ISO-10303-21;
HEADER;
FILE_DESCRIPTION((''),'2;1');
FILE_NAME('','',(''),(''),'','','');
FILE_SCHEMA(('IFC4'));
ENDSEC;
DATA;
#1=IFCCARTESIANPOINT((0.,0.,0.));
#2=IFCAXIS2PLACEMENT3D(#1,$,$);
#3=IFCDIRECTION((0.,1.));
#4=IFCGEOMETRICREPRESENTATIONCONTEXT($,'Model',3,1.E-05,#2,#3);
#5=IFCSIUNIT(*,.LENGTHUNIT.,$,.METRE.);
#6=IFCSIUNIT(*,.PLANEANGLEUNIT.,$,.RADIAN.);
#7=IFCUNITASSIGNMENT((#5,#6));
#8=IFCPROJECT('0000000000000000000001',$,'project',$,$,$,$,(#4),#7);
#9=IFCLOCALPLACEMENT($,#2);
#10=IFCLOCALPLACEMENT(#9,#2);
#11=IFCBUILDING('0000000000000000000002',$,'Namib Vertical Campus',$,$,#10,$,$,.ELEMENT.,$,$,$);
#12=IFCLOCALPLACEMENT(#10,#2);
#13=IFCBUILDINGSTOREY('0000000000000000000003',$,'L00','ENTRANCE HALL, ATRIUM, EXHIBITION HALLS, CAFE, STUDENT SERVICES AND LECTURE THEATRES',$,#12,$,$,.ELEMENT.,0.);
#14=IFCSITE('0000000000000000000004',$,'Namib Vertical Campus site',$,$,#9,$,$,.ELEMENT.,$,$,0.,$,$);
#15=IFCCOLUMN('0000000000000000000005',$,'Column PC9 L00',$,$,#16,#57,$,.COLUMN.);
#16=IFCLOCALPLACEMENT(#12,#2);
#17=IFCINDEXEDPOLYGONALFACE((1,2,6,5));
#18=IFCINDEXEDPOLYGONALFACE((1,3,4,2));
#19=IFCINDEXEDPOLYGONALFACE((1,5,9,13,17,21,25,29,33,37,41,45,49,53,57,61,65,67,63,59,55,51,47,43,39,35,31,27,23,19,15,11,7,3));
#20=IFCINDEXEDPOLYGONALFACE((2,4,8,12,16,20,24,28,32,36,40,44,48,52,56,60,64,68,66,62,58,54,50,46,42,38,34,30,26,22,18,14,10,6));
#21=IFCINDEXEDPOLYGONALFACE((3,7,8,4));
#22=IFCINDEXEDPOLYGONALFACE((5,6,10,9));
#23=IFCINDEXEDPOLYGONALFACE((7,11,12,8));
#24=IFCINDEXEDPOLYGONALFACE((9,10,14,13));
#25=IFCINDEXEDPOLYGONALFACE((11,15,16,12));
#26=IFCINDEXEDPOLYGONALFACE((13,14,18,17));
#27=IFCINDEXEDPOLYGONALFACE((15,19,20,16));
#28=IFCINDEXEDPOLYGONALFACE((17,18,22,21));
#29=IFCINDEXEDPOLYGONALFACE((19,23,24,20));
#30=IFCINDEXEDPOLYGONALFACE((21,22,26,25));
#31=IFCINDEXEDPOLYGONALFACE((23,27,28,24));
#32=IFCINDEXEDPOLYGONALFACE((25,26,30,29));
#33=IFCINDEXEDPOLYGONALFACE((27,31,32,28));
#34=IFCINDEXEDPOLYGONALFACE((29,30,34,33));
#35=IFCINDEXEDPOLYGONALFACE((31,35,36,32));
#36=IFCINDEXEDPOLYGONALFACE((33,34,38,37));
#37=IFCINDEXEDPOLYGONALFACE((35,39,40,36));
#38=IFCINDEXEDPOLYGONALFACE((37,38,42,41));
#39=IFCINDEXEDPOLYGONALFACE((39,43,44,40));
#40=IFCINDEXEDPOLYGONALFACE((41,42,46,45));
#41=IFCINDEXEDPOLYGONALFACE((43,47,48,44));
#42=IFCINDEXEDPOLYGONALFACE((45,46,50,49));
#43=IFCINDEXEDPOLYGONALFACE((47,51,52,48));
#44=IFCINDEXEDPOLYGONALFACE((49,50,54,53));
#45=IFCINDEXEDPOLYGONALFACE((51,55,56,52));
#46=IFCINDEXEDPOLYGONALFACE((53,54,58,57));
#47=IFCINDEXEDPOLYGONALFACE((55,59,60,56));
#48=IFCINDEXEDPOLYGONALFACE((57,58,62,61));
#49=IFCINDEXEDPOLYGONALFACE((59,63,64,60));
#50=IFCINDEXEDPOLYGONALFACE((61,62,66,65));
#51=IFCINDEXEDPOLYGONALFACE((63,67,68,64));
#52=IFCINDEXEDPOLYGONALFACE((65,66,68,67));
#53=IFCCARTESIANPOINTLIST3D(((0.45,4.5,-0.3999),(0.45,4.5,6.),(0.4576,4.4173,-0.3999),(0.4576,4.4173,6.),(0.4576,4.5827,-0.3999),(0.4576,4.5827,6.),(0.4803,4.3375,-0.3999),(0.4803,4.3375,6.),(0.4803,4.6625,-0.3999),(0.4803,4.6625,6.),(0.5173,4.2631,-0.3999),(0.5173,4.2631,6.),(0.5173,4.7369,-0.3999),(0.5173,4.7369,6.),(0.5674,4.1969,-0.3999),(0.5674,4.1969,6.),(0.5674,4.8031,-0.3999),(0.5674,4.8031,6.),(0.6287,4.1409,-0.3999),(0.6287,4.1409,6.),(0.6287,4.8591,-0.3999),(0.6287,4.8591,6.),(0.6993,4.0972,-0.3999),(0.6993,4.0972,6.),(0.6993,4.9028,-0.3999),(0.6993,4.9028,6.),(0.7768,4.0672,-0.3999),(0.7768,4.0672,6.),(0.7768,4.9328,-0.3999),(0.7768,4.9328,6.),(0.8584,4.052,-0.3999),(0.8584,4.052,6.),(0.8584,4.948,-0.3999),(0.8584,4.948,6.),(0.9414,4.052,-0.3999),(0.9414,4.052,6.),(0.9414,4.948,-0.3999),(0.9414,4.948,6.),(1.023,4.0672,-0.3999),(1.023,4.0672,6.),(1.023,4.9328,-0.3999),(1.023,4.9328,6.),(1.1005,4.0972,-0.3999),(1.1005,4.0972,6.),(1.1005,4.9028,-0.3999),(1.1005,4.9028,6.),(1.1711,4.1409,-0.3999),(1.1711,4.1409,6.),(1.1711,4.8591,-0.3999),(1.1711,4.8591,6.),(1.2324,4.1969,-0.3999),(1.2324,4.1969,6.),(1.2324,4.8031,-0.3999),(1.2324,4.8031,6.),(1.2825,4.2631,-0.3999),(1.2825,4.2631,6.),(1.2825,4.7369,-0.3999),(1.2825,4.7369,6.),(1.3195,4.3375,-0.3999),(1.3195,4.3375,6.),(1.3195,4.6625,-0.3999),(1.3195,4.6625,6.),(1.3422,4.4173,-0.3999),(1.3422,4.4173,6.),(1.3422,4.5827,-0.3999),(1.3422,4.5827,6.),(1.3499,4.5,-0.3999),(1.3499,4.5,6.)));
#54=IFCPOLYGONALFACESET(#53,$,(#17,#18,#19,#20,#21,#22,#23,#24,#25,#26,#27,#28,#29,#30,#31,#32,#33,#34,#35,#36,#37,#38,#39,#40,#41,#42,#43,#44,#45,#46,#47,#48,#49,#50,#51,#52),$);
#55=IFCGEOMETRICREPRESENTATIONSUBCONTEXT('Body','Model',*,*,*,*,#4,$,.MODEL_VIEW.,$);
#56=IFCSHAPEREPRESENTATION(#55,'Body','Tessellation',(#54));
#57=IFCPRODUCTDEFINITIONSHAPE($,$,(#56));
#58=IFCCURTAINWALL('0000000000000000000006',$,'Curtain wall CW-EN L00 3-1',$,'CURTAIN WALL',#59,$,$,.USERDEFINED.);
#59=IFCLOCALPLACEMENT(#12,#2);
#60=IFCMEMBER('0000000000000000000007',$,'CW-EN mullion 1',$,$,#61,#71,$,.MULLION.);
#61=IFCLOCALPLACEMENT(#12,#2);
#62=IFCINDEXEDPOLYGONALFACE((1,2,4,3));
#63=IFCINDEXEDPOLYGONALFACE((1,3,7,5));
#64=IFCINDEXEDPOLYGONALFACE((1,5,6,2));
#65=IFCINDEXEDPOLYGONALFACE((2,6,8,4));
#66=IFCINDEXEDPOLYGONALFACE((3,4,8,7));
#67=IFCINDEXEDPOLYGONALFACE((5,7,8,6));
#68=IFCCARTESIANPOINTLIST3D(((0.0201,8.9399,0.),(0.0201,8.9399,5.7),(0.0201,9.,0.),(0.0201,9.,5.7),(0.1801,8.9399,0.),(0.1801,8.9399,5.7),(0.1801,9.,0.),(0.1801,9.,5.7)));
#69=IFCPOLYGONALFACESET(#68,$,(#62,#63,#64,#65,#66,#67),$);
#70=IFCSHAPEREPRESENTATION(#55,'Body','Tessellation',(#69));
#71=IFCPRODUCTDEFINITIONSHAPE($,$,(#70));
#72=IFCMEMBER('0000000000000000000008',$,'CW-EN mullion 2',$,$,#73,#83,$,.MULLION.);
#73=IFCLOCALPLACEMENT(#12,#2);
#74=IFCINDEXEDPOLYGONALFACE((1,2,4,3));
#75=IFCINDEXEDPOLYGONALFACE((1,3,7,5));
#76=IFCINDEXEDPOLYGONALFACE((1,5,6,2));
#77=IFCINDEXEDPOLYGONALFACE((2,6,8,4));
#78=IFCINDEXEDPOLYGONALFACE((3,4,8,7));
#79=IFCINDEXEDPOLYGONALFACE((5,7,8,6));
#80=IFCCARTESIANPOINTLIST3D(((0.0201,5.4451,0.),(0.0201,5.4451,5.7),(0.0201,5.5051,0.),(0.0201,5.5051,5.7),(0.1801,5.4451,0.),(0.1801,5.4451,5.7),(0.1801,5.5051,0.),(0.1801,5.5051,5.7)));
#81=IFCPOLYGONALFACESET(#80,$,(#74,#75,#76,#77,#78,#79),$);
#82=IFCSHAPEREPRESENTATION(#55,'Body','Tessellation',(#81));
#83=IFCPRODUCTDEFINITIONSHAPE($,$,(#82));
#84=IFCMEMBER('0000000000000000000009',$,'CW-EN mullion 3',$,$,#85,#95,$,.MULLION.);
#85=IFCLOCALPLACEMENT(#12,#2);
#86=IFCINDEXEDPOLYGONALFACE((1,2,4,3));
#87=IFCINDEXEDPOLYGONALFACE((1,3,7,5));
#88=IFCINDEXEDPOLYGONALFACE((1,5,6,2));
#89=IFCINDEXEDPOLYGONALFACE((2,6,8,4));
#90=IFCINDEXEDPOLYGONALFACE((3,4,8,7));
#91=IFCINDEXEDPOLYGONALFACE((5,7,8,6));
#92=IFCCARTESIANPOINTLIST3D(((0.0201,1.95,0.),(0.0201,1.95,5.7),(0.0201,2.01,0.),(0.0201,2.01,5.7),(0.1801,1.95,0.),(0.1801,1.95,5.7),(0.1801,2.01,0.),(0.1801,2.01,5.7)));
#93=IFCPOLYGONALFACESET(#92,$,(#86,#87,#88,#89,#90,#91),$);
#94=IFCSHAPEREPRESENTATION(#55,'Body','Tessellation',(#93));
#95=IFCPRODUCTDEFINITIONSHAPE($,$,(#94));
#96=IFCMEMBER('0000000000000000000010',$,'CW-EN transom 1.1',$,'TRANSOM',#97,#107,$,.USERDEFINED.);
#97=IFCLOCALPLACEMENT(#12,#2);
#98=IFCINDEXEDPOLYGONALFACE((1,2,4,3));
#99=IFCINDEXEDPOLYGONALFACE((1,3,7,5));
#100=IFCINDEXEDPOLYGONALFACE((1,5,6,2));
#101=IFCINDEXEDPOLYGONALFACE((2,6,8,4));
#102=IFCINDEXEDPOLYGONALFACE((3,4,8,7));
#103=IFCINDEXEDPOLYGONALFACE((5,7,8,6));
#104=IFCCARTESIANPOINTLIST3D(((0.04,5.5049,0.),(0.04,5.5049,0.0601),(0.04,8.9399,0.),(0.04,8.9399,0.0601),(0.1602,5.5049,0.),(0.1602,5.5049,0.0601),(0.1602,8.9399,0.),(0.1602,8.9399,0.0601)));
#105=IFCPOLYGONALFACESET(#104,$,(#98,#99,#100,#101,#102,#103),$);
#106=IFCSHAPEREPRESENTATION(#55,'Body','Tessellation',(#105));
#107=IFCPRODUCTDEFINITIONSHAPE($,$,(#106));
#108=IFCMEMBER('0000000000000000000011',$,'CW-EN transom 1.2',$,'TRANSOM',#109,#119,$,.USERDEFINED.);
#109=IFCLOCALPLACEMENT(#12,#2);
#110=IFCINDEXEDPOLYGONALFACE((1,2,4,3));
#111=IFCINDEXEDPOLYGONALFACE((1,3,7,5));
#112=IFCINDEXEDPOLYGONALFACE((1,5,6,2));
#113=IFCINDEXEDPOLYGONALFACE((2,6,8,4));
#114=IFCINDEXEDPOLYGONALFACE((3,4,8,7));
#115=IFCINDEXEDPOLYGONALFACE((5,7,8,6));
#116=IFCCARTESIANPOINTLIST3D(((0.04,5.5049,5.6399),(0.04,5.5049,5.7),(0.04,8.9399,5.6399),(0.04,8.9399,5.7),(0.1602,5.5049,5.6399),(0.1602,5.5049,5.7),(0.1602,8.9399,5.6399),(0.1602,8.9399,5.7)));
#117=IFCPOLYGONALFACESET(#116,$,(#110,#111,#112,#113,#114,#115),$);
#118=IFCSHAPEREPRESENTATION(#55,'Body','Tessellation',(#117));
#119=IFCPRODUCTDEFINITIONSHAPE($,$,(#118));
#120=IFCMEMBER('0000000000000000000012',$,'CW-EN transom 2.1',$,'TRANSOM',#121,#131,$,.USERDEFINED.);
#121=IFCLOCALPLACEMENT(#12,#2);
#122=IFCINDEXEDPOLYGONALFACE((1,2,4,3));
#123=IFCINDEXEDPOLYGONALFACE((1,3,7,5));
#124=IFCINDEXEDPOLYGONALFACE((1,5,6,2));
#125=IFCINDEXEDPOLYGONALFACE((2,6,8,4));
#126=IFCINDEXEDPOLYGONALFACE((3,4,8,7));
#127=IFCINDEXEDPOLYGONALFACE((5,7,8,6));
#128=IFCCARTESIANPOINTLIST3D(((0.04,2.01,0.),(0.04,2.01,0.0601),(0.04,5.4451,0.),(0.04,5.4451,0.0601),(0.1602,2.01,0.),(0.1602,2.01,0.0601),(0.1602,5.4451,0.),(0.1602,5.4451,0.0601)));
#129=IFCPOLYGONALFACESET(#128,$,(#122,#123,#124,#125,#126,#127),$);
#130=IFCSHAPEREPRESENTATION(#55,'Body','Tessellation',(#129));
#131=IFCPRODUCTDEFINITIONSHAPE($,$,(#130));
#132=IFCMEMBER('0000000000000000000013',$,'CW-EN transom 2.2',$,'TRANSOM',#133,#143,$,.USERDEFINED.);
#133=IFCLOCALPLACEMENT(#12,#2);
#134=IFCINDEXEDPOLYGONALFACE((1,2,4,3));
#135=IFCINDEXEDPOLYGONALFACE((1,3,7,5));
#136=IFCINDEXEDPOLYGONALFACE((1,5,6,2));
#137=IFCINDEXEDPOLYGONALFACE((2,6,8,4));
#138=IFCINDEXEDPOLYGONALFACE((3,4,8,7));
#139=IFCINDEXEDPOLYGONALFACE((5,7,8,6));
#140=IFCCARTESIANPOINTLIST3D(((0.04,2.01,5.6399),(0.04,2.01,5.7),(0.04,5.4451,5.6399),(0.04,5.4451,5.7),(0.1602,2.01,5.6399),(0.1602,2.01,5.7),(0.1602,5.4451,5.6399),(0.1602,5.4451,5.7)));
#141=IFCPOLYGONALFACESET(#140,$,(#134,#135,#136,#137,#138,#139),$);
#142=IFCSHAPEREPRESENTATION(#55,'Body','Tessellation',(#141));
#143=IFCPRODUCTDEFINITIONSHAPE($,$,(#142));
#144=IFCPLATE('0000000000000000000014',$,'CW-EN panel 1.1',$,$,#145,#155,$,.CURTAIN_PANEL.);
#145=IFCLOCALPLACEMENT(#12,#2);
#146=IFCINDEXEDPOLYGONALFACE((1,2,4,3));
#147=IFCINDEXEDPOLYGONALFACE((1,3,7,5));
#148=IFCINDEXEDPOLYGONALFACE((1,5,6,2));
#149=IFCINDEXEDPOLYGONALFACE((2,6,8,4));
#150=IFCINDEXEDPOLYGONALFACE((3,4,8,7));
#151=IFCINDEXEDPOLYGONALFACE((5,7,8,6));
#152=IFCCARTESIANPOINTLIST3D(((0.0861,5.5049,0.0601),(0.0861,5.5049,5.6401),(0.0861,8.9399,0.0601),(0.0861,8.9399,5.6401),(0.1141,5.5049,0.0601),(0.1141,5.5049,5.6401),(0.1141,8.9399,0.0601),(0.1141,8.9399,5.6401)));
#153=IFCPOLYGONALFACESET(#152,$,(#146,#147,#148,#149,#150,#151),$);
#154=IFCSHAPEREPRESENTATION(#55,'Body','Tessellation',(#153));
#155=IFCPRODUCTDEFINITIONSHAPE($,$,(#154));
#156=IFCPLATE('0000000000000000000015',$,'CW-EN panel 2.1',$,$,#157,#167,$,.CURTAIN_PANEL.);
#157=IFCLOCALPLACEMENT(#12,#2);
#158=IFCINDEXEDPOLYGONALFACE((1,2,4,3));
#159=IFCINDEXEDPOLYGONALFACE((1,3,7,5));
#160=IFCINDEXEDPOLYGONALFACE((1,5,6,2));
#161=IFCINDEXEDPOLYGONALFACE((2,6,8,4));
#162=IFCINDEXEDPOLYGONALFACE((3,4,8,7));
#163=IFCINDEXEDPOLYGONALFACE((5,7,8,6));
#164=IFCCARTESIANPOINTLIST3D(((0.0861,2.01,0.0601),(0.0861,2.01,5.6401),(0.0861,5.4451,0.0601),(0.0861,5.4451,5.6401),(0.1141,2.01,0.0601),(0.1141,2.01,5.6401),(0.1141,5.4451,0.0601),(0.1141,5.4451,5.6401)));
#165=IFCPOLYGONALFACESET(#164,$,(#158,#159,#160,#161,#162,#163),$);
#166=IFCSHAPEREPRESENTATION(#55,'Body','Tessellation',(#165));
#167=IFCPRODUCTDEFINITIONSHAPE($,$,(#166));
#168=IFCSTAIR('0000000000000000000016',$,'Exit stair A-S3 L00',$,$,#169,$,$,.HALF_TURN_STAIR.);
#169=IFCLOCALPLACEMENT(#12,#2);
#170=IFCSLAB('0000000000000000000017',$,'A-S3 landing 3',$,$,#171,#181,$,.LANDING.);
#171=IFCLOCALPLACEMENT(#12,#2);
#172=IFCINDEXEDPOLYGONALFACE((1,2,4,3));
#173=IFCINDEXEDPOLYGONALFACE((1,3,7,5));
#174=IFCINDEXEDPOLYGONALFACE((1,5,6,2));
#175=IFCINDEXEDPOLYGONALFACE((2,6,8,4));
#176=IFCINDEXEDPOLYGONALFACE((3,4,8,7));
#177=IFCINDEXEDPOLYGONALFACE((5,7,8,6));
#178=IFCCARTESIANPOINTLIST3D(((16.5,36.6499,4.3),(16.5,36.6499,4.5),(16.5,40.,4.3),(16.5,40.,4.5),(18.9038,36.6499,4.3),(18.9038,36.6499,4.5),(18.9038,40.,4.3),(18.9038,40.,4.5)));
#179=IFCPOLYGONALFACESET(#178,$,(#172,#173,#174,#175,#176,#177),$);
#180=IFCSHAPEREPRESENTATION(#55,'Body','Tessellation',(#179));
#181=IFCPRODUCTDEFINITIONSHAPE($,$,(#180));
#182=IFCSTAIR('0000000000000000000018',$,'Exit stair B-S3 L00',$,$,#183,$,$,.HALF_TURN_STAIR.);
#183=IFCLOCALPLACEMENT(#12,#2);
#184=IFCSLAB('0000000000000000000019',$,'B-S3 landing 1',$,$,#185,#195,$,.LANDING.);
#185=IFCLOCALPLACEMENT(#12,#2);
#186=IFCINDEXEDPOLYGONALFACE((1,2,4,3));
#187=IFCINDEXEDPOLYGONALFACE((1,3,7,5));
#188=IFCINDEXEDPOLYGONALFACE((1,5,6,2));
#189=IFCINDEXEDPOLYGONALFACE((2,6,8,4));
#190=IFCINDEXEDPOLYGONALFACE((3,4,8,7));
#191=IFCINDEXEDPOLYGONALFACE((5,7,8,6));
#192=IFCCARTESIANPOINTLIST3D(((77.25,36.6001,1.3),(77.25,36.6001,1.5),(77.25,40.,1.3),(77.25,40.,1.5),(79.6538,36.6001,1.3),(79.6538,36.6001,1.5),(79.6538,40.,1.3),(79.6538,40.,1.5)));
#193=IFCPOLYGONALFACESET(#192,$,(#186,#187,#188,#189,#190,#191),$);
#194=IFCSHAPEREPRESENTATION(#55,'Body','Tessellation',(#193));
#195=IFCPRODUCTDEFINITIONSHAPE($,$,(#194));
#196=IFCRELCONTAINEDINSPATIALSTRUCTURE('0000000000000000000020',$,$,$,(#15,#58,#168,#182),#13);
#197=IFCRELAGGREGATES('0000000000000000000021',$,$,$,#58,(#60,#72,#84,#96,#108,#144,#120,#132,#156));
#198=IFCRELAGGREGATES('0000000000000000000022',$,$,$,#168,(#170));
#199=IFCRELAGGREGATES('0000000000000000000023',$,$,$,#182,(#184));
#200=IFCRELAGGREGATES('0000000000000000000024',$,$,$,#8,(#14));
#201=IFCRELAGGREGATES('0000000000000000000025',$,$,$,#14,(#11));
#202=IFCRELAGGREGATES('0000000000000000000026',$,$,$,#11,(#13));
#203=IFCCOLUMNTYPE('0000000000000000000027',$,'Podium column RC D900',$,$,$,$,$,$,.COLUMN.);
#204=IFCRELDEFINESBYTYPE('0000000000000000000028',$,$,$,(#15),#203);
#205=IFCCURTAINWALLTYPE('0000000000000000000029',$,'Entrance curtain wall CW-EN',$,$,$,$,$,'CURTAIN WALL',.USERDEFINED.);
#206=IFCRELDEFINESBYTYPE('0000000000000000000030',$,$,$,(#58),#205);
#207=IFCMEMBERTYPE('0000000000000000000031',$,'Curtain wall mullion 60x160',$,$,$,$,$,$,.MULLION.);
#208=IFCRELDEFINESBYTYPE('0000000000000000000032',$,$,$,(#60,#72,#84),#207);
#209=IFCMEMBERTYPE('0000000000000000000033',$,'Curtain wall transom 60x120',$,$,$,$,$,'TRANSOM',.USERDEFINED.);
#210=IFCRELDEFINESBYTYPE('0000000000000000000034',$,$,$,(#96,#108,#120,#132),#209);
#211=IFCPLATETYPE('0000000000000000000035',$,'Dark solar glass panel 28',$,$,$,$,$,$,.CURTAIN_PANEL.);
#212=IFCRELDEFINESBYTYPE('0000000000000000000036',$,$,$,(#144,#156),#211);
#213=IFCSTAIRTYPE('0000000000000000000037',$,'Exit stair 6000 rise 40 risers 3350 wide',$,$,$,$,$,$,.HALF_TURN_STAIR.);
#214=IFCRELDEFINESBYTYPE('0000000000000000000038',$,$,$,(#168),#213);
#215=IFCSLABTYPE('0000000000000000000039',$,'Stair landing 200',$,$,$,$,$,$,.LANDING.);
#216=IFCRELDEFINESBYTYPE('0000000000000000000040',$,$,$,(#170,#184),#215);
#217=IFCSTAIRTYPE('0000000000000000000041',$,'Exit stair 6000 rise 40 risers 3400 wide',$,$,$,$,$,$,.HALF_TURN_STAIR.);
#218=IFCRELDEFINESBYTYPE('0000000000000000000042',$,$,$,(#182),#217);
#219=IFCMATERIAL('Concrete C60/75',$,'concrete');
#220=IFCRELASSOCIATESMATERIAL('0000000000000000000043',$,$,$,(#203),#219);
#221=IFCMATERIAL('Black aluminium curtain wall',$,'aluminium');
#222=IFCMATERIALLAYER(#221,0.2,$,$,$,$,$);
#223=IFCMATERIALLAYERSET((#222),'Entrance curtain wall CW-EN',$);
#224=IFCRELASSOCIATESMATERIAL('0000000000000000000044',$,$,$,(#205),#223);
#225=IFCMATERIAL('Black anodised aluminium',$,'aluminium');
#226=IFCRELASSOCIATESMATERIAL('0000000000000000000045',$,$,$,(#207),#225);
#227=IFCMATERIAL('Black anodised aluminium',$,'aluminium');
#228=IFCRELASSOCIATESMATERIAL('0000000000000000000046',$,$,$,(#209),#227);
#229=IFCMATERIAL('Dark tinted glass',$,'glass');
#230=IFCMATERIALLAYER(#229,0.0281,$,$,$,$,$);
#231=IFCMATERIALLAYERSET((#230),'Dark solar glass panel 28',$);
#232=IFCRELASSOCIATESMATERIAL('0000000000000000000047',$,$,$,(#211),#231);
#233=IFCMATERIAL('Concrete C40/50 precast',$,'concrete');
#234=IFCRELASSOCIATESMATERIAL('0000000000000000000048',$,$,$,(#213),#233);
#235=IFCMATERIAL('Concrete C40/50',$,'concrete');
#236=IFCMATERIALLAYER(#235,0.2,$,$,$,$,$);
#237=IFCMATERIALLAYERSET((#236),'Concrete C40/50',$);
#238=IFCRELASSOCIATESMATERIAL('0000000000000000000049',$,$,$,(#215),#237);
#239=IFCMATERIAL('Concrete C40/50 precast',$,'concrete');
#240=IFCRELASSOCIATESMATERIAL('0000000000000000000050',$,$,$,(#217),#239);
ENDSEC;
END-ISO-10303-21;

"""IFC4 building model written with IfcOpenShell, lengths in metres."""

from ifc_helpers import new_model, si_unit, direction, frame, origin, origin_2d, place, context, subcontext, project, spatial, polyline, rectangle, circle, outline, extrude, material, layer, layer_set, material_profile, profile_set, type_object, element, aggregate, save


model = new_model("IFC4")

# Units and contexts
model_context = context("Model", 3, precision=1e-05, world=origin(), true_north=direction((0.0, 1.0)))
body_context = subcontext(model_context, "Body", "Model", "MODEL_VIEW")
ifc_project = project(units=[si_unit("LENGTHUNIT", "METRE"), si_unit("PLANEANGLEUNIT", "RADIAN")], contexts=[model_context])

# Site, building, storey
site_placement = place(None, origin())
site = spatial("IfcSite", under=ifc_project, at=site_placement, Name="Namib Vertical Campus site", CompositionType="ELEMENT", RefElevation=0.0)
building_placement = place(site_placement, origin())
building = spatial("IfcBuilding", under=site, at=building_placement, Name="Namib Vertical Campus", CompositionType="ELEMENT")
storey_placement = place(building_placement, origin())
storey = spatial("IfcBuildingStorey", under=building, at=storey_placement, Name="L00", Description="ENTRANCE HALL, ATRIUM, EXHIBITION HALLS, CAFE, STUDENT SERVICES AND LECTURE THEATRES", CompositionType="ELEMENT", Elevation=0.0)

# Column
ifc_material_1 = material(Name="Concrete C60/75", Category="concrete")
ifc_material_profile_1 = material_profile(ifc_material_1, circle(Radius=0.45, at=origin_2d()))
ifc_profile_set_1 = profile_set([ifc_material_profile_1], Name="Concrete C60/75")
column_type_1 = type_object("IfcColumnType", Name="Podium column RC D900", PredefinedType="COLUMN", material=ifc_profile_set_1)
column_placement = place(storey_placement, frame((0.8999, 4.5, -0.3999), z_axis=(0.0, 0.0, 1.0), x_axis=(1.0, 0.0, 0.0)))
element("IfcColumn", 1, at=column_placement, inside=storey, type_object=column_type_1, Name="Column PC9 L00", PredefinedType="COLUMN", context=body_context, shape_type="SweptSolid", body=[
    extrude(circle(Radius=0.45, at=origin_2d()), origin(), (0.0, 0.0, 1.0), 6.3999),
])

# Curtain wall, members, plates
ifc_material_2 = material(Name="Black aluminium curtain wall", Category="aluminium")
ifc_layer_1 = layer(ifc_material_2, 0.2)
ifc_layer_set_1 = layer_set([ifc_layer_1], Name="Entrance curtain wall CW-EN")
curtain_wall_type = type_object("IfcCurtainWallType", Name="Entrance curtain wall CW-EN", ElementType="CURTAIN WALL", PredefinedType="USERDEFINED", material=ifc_layer_set_1)
curtain_wall_placement = place(storey_placement, origin())
curtain_wall = element("IfcCurtainWall", 2, at=curtain_wall_placement, inside=storey, type_object=curtain_wall_type, Name="Curtain wall CW-EN L00 3-1", ObjectType="CURTAIN WALL", PredefinedType="USERDEFINED")
ifc_material_3 = material(Name="Black anodised aluminium", Category="aluminium")
ifc_material_profile_2 = material_profile(ifc_material_3, rectangle(XDim=0.0601, YDim=0.1599, at=origin_2d()))
ifc_profile_set_2 = profile_set([ifc_material_profile_2], Name="Black anodised aluminium")
member_type_1 = type_object("IfcMemberType", Name="Curtain wall mullion 60x160", PredefinedType="MULLION", material=ifc_profile_set_2)
member_1_placement = place(storey_placement, frame((0.1001, 8.97, 0.0), z_axis=(0.0, 0.0, 1.0), x_axis=(0.0, -1.0, 0.0)))
member_1 = element("IfcMember", 3, at=member_1_placement, type_object=member_type_1, Name="CW-EN mullion 1", PredefinedType="MULLION", context=body_context, shape_type="SweptSolid", body=[
    extrude(rectangle(XDim=0.0601, YDim=0.1599, at=origin_2d()), origin(), (0.0, 0.0, 1.0), 5.7),
])
member_2_placement = place(storey_placement, frame((0.1001, 5.4751, 0.0), z_axis=(0.0, 0.0, 1.0), x_axis=(0.0, -1.0, 0.0)))
member_2 = element("IfcMember", 4, at=member_2_placement, type_object=member_type_1, Name="CW-EN mullion 2", PredefinedType="MULLION", context=body_context, shape_type="SweptSolid", body=[
    extrude(rectangle(XDim=0.0601, YDim=0.1599, at=origin_2d()), origin(), (0.0, 0.0, 1.0), 5.7),
])
member_3_placement = place(storey_placement, frame((0.1001, 1.98, 0.0), z_axis=(0.0, 0.0, 1.0), x_axis=(0.0, -1.0, 0.0)))
member_3 = element("IfcMember", 5, at=member_3_placement, type_object=member_type_1, Name="CW-EN mullion 3", PredefinedType="MULLION", context=body_context, shape_type="SweptSolid", body=[
    extrude(rectangle(XDim=0.0601, YDim=0.1599, at=origin_2d()), origin(), (0.0, 0.0, 1.0), 5.7),
])
ifc_material_4 = material(Name="Black anodised aluminium", Category="aluminium")
ifc_material_profile_3 = material_profile(ifc_material_4, rectangle(XDim=0.0601, YDim=0.1201, at=origin_2d()))
ifc_profile_set_3 = profile_set([ifc_material_profile_3], Name="Black anodised aluminium")
member_type_2 = type_object("IfcMemberType", Name="Curtain wall transom 60x120", ElementType="TRANSOM", PredefinedType="USERDEFINED", material=ifc_profile_set_3)
member_4_placement = place(storey_placement, frame((0.1001, 8.9399, 0.03), z_axis=(0.0, -1.0, 0.0), x_axis=(0.0, 0.0, 1.0)))
member_4 = element("IfcMember", 6, at=member_4_placement, type_object=member_type_2, Name="CW-EN transom 1.1", ObjectType="TRANSOM", PredefinedType="USERDEFINED", context=body_context, shape_type="SweptSolid", body=[
    extrude(rectangle(XDim=0.0601, YDim=0.1201, at=origin_2d()), origin(), (0.0, 0.0, 1.0), 3.4351),
])
member_5_placement = place(storey_placement, frame((0.1001, 8.9399, 5.6699), z_axis=(0.0, -1.0, 0.0), x_axis=(0.0, 0.0, 1.0)))
member_5 = element("IfcMember", 7, at=member_5_placement, type_object=member_type_2, Name="CW-EN transom 1.2", ObjectType="TRANSOM", PredefinedType="USERDEFINED", context=body_context, shape_type="SweptSolid", body=[
    extrude(rectangle(XDim=0.0601, YDim=0.1201, at=origin_2d()), origin(), (0.0, 0.0, 1.0), 3.4351),
])
member_6_placement = place(storey_placement, frame((0.1001, 5.4451, 0.03), z_axis=(0.0, -1.0, 0.0), x_axis=(0.0, 0.0, 1.0)))
member_6 = element("IfcMember", 8, at=member_6_placement, type_object=member_type_2, Name="CW-EN transom 2.1", ObjectType="TRANSOM", PredefinedType="USERDEFINED", context=body_context, shape_type="SweptSolid", body=[
    extrude(rectangle(XDim=0.0601, YDim=0.1201, at=origin_2d()), origin(), (0.0, 0.0, 1.0), 3.4351),
])
member_7_placement = place(storey_placement, frame((0.1001, 5.4451, 5.6699), z_axis=(0.0, -1.0, 0.0), x_axis=(0.0, 0.0, 1.0)))
member_7 = element("IfcMember", 9, at=member_7_placement, type_object=member_type_2, Name="CW-EN transom 2.2", ObjectType="TRANSOM", PredefinedType="USERDEFINED", context=body_context, shape_type="SweptSolid", body=[
    extrude(rectangle(XDim=0.0601, YDim=0.1201, at=origin_2d()), origin(), (0.0, 0.0, 1.0), 3.4351),
])
ifc_material_5 = material(Name="Dark tinted glass", Category="glass")
ifc_layer_2 = layer(ifc_material_5, 0.0281)
ifc_layer_set_2 = layer_set([ifc_layer_2], Name="Dark solar glass panel 28")
plate_type = type_object("IfcPlateType", Name="Dark solar glass panel 28", PredefinedType="CURTAIN_PANEL", material=ifc_layer_set_2)
plate_1_placement = place(storey_placement, frame((0.1001, 7.2224, 0.0601), z_axis=(0.0, 0.0, 1.0), x_axis=(0.0, -1.0, 0.0)))
plate_1 = element("IfcPlate", 10, at=plate_1_placement, type_object=plate_type, Name="CW-EN panel 1.1", PredefinedType="CURTAIN_PANEL", context=body_context, shape_type="SweptSolid", body=[
    extrude(rectangle(XDim=3.4351, YDim=0.0281, at=origin_2d()), origin(), (0.0, 0.0, 1.0), 5.5801),
])
plate_2_placement = place(storey_placement, frame((0.1001, 3.7275, 0.0601), z_axis=(0.0, 0.0, 1.0), x_axis=(0.0, -1.0, 0.0)))
plate_2 = element("IfcPlate", 11, at=plate_2_placement, type_object=plate_type, Name="CW-EN panel 2.1", PredefinedType="CURTAIN_PANEL", context=body_context, shape_type="SweptSolid", body=[
    extrude(rectangle(XDim=3.4351, YDim=0.0281, at=origin_2d()), origin(), (0.0, 0.0, 1.0), 5.5801),
])
aggregate(curtain_wall, [member_1, member_2, member_3, member_4, member_5, plate_1, member_6, member_7, plate_2])

# Stair, slab
ifc_material_6 = material(Name="Concrete C40/50 precast", Category="concrete")
stair_type_1 = type_object("IfcStairType", Name="Exit stair 6000 rise 40 risers 3350 wide", PredefinedType="HALF_TURN_STAIR", material=ifc_material_6)
stair_1_placement = place(storey_placement, origin())
stair_1 = element("IfcStair", 12, at=stair_1_placement, inside=storey, type_object=stair_type_1, Name="Exit stair A-S3 L00", PredefinedType="HALF_TURN_STAIR")
ifc_material_7 = material(Name="Concrete C40/50", Category="concrete")
ifc_layer_3 = layer(ifc_material_7, 0.2)
ifc_layer_set_3 = layer_set([ifc_layer_3], Name="Concrete C40/50")
slab_type = type_object("IfcSlabType", Name="Stair landing 200", PredefinedType="LANDING", material=ifc_layer_set_3)
slab_1_placement = place(storey_placement, frame((0.0, 0.0, 4.3)))
slab_1 = element("IfcSlab", 13, at=slab_1_placement, type_object=slab_type, Name="A-S3 landing 3", PredefinedType="LANDING", context=body_context, shape_type="SweptSolid", body=[
    extrude(outline(polyline([(16.5, 36.6499), (16.5, 40.0), (18.9038, 40.0), (18.9038, 36.6499), (16.5, 36.6499)])), origin(), (0.0, 0.0, 1.0), 0.2),
])
aggregate(stair_1, [slab_1])

# Stair, slab
ifc_material_8 = material(Name="Concrete C40/50 precast", Category="concrete")
stair_type_2 = type_object("IfcStairType", Name="Exit stair 6000 rise 40 risers 3400 wide", PredefinedType="HALF_TURN_STAIR", material=ifc_material_8)
stair_2_placement = place(storey_placement, origin())
stair_2 = element("IfcStair", 14, at=stair_2_placement, inside=storey, type_object=stair_type_2, Name="Exit stair B-S3 L00", PredefinedType="HALF_TURN_STAIR")
slab_2_placement = place(storey_placement, frame((0.0, 0.0, 1.3)))
slab_2 = element("IfcSlab", 15, at=slab_2_placement, type_object=slab_type, Name="B-S3 landing 1", PredefinedType="LANDING", context=body_context, shape_type="SweptSolid", body=[
    extrude(outline(polyline([(77.25, 36.6001), (77.25, 40.0), (79.6538, 40.0), (79.6538, 36.6001), (77.25, 36.6001)])), origin(), (0.0, 0.0, 1.0), 0.2),
])
aggregate(stair_2, [slab_2])

save(model, "model.ifc")
